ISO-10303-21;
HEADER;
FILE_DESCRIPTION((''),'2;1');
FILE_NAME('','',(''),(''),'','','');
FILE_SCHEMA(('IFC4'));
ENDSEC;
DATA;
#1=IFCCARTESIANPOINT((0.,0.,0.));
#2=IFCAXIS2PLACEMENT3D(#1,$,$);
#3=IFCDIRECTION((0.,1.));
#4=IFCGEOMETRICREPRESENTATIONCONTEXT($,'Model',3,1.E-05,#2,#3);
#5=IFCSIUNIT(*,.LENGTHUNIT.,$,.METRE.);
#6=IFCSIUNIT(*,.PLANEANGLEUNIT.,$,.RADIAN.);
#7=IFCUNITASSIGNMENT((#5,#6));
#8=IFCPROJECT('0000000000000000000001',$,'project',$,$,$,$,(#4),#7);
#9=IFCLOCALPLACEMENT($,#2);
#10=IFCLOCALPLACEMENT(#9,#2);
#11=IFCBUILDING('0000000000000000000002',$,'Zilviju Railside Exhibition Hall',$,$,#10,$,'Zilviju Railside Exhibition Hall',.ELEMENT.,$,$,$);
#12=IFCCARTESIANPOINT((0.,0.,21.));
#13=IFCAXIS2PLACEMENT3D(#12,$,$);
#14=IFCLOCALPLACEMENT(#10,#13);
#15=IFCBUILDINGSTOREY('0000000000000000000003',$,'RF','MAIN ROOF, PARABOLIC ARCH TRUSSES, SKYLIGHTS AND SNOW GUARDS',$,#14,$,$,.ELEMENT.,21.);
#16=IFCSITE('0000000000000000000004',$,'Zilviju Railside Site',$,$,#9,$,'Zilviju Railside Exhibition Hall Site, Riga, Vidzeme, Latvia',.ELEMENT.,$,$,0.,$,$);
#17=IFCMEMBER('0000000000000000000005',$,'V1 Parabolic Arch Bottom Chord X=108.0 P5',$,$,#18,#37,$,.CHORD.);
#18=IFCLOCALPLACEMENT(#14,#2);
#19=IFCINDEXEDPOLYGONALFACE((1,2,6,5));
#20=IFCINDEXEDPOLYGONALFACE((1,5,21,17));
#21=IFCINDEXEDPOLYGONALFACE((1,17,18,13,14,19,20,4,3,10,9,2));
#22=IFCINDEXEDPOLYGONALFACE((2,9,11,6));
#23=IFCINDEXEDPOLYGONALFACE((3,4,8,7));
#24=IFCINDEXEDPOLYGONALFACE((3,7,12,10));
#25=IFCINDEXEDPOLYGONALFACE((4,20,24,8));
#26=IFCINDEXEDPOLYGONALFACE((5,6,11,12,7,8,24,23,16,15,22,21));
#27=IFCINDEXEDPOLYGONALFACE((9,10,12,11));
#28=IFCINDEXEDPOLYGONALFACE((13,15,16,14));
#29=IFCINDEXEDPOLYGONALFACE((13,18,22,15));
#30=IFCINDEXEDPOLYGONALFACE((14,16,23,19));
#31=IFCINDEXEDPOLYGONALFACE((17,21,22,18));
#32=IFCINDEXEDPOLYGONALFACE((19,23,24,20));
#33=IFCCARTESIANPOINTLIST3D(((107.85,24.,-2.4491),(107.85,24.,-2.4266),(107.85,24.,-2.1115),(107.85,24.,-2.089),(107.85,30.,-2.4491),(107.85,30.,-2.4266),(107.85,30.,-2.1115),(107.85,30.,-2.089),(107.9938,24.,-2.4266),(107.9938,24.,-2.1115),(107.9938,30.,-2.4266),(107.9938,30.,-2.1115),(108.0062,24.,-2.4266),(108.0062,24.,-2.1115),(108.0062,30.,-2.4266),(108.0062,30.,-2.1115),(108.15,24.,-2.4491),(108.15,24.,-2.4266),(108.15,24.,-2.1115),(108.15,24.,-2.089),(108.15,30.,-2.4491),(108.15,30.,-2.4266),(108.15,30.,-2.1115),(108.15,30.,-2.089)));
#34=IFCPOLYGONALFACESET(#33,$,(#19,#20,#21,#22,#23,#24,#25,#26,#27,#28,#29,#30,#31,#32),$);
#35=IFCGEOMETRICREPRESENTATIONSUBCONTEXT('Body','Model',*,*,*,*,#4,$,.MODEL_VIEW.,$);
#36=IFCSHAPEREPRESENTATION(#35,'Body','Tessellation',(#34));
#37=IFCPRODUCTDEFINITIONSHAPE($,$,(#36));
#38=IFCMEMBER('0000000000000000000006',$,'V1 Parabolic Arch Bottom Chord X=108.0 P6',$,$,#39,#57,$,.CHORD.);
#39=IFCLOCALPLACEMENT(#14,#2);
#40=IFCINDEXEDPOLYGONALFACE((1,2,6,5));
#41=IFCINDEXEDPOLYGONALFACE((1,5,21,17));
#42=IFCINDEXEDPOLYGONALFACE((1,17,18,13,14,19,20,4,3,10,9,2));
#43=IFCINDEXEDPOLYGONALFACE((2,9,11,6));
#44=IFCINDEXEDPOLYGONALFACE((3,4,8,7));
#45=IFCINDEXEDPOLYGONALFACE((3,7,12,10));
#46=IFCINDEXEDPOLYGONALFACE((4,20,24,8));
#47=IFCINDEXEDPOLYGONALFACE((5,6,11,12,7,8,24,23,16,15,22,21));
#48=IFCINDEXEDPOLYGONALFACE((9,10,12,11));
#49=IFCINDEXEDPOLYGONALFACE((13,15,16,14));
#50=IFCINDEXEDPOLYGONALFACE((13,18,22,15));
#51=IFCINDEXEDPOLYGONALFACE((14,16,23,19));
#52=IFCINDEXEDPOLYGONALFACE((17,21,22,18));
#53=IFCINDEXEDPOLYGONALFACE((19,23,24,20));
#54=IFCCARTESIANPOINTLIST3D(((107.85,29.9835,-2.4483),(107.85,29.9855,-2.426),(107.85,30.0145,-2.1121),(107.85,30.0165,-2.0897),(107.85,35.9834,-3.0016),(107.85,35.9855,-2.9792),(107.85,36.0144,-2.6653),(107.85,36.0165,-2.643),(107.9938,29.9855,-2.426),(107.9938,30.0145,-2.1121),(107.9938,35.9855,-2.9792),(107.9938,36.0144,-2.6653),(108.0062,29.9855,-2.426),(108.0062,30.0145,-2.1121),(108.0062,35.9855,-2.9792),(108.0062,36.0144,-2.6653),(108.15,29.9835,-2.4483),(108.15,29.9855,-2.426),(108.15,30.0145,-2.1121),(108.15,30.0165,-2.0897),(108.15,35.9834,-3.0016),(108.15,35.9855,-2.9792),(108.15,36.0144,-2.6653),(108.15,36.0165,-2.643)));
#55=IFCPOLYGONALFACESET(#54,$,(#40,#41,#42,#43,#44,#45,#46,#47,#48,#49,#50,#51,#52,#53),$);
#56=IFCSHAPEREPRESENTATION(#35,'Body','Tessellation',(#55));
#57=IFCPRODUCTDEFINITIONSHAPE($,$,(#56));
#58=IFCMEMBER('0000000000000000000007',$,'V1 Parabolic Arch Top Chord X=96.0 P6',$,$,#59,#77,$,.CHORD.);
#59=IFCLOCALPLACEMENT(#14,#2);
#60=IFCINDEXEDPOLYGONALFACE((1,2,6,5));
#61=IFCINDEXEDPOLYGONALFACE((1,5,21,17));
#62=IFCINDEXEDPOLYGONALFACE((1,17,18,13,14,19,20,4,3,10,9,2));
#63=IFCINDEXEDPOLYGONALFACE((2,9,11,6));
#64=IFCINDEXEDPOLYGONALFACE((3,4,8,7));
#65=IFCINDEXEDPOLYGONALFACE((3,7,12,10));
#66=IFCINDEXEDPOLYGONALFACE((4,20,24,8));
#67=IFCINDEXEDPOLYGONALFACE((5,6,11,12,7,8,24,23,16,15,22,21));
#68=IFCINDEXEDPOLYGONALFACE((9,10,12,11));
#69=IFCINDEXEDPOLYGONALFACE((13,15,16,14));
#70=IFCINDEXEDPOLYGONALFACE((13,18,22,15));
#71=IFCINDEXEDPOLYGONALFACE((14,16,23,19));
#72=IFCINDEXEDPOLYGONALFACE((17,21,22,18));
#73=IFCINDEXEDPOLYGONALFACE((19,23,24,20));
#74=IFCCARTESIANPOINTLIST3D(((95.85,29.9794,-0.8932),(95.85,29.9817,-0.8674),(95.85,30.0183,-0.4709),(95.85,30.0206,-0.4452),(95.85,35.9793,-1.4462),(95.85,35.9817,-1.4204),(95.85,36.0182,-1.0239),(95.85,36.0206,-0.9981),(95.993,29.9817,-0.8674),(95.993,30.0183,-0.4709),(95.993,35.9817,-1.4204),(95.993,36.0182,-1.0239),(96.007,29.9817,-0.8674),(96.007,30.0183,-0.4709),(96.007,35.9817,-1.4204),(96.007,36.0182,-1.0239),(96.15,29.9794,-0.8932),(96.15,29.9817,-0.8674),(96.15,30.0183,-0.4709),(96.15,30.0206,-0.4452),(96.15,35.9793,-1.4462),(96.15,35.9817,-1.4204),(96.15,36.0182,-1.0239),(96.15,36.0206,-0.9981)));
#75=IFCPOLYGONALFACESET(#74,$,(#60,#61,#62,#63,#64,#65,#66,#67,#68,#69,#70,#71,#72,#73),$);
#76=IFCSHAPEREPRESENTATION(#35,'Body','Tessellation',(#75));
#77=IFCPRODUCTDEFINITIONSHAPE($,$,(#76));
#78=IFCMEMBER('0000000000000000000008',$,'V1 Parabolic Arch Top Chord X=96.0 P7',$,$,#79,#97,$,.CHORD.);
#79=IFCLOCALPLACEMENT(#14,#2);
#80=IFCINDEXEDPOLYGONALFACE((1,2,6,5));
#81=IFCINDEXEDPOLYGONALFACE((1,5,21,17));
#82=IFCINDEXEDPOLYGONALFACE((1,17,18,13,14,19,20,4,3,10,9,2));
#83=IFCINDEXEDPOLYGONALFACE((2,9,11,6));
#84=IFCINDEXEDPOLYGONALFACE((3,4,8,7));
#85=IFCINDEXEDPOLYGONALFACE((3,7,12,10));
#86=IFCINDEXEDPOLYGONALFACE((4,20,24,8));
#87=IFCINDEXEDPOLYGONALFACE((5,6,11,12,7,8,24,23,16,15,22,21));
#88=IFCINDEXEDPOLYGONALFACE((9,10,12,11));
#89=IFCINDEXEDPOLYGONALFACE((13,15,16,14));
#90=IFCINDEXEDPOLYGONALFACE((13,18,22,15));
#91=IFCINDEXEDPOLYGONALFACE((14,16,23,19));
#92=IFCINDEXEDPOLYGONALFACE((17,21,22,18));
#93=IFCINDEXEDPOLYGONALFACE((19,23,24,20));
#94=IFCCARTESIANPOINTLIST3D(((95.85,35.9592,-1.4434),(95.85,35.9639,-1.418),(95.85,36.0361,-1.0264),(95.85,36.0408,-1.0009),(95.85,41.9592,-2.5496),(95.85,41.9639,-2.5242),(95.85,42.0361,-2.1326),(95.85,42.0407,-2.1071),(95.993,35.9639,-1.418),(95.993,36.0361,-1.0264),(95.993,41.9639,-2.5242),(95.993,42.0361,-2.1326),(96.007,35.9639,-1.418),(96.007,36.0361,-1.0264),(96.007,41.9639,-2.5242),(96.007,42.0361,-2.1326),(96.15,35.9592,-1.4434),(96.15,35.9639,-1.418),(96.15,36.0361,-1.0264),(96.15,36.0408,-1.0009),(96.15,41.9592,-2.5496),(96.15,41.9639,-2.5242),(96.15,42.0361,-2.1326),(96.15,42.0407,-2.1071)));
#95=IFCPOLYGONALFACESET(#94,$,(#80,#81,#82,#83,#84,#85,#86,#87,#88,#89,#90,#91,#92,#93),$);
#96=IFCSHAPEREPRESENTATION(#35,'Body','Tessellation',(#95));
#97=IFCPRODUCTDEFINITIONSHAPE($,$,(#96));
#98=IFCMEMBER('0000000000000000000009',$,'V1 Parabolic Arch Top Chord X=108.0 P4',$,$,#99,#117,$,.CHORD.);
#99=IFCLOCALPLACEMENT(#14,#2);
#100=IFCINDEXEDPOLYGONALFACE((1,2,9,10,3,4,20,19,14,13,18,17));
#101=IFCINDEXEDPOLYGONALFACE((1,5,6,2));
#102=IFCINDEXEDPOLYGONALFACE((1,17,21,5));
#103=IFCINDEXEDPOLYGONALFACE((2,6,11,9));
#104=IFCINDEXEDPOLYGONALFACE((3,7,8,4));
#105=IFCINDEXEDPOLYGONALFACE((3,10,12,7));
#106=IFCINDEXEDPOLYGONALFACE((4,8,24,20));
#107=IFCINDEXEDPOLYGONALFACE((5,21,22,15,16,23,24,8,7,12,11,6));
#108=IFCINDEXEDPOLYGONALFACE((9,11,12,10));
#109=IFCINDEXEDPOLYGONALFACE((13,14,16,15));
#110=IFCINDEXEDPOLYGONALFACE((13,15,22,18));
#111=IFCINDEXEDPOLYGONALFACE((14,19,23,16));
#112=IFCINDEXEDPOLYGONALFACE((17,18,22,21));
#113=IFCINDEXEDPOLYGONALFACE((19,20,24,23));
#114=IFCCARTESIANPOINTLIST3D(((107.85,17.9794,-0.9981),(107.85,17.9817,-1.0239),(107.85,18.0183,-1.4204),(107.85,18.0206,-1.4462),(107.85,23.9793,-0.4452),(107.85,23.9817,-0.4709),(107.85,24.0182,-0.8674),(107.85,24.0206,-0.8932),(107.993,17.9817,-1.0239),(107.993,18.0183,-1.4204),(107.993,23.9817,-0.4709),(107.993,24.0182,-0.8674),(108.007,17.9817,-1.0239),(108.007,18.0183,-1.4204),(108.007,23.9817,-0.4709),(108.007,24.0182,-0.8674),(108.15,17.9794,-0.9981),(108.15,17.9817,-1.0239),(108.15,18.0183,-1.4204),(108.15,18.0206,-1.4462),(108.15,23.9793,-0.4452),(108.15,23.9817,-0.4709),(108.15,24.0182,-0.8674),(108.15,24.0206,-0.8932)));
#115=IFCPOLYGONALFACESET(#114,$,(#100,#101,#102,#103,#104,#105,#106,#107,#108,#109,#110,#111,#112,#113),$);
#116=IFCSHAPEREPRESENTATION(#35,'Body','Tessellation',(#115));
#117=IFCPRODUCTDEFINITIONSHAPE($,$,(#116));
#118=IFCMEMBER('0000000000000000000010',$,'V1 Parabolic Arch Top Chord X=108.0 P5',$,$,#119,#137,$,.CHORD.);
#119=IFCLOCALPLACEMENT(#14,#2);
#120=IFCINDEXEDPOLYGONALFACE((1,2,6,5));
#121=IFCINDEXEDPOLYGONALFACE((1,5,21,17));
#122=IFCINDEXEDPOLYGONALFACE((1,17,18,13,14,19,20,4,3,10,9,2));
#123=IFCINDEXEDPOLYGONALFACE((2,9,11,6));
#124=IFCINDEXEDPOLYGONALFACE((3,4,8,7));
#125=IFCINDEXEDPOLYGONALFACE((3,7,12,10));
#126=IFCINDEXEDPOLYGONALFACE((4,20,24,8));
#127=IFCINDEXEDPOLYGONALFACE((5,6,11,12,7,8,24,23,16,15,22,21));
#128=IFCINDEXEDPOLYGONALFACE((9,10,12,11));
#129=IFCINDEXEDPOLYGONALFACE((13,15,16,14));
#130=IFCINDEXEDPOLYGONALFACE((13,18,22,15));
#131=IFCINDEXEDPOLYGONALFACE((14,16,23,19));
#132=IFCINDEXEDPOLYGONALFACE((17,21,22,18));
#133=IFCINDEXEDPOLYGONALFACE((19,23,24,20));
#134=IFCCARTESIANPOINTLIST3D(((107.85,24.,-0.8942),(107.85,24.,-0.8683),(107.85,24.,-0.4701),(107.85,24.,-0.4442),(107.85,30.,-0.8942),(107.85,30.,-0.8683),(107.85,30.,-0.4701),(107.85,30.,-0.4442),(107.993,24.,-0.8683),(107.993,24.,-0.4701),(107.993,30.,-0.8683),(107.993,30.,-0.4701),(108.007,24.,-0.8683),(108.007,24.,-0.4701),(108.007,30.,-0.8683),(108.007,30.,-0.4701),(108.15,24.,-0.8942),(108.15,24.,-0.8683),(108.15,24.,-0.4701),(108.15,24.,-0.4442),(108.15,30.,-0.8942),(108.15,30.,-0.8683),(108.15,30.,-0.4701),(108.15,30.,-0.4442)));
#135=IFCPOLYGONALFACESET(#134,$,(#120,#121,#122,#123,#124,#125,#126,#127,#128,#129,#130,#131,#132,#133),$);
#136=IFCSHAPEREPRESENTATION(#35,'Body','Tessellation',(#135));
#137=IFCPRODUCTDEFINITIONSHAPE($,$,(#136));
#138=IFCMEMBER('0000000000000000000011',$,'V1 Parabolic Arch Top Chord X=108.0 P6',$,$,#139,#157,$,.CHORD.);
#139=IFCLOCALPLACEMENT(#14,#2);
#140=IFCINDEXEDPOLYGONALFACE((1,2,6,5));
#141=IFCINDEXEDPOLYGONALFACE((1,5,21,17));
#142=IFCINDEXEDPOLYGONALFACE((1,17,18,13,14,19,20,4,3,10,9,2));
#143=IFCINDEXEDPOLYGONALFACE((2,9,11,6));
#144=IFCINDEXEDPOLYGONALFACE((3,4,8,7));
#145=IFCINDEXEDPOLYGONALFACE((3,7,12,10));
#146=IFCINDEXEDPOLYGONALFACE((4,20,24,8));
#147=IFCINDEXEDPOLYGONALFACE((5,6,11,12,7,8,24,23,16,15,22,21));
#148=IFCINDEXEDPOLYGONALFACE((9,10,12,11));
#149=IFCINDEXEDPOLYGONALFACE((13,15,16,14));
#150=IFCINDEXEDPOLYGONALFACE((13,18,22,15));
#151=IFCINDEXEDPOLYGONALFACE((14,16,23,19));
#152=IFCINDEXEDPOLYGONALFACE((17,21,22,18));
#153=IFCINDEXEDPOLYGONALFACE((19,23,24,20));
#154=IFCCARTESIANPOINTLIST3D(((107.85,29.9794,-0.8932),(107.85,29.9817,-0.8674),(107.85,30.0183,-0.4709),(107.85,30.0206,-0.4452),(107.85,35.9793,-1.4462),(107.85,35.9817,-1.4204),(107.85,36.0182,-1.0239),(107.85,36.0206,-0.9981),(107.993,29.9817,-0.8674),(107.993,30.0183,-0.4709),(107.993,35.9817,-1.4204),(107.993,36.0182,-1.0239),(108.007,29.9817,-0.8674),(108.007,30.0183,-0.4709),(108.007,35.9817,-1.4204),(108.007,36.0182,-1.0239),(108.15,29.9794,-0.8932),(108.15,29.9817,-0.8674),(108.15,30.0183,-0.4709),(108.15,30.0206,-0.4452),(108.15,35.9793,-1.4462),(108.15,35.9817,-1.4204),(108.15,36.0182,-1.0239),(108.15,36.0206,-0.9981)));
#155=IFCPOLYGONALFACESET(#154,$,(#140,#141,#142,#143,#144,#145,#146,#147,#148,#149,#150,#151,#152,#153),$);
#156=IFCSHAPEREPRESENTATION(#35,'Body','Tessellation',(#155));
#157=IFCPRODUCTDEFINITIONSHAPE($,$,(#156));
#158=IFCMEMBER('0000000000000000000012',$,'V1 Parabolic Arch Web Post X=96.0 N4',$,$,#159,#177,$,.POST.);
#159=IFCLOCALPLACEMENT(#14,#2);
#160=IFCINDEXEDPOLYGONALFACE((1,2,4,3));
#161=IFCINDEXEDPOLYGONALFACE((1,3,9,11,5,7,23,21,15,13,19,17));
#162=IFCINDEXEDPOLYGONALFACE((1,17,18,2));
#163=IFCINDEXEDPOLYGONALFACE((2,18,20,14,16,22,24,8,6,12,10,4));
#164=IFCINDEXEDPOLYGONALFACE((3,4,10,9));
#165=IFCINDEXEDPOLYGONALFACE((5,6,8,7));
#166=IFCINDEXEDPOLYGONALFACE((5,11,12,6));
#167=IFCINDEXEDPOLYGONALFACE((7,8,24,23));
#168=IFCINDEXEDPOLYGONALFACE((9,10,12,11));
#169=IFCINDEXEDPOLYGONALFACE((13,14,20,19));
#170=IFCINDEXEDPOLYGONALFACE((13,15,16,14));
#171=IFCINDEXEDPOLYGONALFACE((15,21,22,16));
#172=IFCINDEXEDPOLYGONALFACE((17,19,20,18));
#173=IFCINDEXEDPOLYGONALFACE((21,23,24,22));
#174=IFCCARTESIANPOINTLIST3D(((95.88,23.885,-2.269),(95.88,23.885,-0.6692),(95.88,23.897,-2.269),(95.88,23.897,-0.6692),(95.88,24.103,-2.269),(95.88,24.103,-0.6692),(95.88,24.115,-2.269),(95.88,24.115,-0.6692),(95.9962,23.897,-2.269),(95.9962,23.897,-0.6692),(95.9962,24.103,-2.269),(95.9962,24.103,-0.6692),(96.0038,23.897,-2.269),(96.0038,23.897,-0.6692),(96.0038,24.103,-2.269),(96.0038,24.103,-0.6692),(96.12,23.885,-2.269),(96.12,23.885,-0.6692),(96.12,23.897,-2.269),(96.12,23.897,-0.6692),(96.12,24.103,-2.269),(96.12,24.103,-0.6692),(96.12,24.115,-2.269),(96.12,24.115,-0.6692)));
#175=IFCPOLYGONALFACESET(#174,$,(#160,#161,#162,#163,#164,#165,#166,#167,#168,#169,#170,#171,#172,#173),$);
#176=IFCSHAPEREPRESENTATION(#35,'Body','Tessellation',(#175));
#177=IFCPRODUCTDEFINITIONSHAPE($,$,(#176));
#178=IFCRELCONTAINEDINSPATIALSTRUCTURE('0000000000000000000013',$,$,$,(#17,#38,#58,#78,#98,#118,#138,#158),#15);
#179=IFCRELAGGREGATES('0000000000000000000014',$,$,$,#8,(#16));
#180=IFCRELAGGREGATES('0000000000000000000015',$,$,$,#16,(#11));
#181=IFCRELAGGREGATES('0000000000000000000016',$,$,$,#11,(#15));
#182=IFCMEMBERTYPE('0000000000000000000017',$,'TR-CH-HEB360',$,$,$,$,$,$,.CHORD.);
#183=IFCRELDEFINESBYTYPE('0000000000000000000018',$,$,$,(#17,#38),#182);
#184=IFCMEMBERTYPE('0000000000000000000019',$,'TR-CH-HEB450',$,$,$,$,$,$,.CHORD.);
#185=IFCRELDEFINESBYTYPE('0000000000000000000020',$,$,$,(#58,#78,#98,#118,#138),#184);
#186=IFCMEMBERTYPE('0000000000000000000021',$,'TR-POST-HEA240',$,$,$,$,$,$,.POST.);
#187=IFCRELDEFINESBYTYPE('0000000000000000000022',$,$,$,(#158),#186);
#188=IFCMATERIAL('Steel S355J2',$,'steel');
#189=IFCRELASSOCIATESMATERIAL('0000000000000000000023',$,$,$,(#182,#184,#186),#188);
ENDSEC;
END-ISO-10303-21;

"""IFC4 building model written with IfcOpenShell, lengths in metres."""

from ifc_helpers import new_model, si_unit, direction, frame, origin, origin_2d, place, context, subcontext, project, spatial, i_section, extrude, material, material_profile, profile_set, type_object, element, save


model = new_model("IFC4")

# Units and contexts
model_context = context("Model", 3, precision=1e-05, world=origin(), true_north=direction((0.0, 1.0)))
body_context = subcontext(model_context, "Body", "Model", "MODEL_VIEW")
ifc_project = project(units=[si_unit("LENGTHUNIT", "METRE"), si_unit("PLANEANGLEUNIT", "RADIAN")], contexts=[model_context])

# Site, building, storey
site_placement = place(None, origin())
site = spatial("IfcSite", under=ifc_project, at=site_placement, Name="Zilviju Railside Site", LongName="Zilviju Railside Exhibition Hall Site, Riga, Vidzeme, Latvia", CompositionType="ELEMENT", RefElevation=0.0)
building_placement = place(site_placement, origin())
building = spatial("IfcBuilding", under=site, at=building_placement, Name="Zilviju Railside Exhibition Hall", LongName="Zilviju Railside Exhibition Hall", CompositionType="ELEMENT")
storey_placement = place(building_placement, frame((0.0, 0.0, 21.0)))
storey = spatial("IfcBuildingStorey", under=building, at=storey_placement, Name="RF", Description="MAIN ROOF, PARABOLIC ARCH TRUSSES, SKYLIGHTS AND SNOW GUARDS", CompositionType="ELEMENT", Elevation=21.0)

# Members
ifc_material_1 = material(Name="Steel S355J2", Category="steel")
ifc_material_profile_1 = material_profile(ifc_material_1, i_section(OverallWidth=0.3, OverallDepth=0.3601, WebThickness=0.0125, FlangeThickness=0.0225, at=origin_2d()), Name="HEB 360")
ifc_profile_set_1 = profile_set([ifc_material_profile_1], Name="Steel S355J2")
member_type_1 = type_object("IfcMemberType", Name="TR-CH-HEB360", PredefinedType="CHORD", material=ifc_profile_set_1)
member_1_placement = place(storey_placement, frame((108.0, 24.0, -2.269), z_axis=(0.0, 1.0, 0.0), x_axis=(-1.0, 0.0, 0.0)))
element("IfcMember", 1, at=member_1_placement, inside=storey, type_object=member_type_1, Name="V1 Parabolic Arch Bottom Chord X=108.0 P5", PredefinedType="CHORD", context=body_context, shape_type="SweptSolid", body=[
    extrude(i_section(OverallWidth=0.3, OverallDepth=0.3601, WebThickness=0.0125, FlangeThickness=0.0225, at=origin_2d()), origin(), (0.0, 0.0, 1.0), 6.0),
])
member_2_placement = place(storey_placement, frame((108.0, 30.0, -2.269), z_axis=(0.0, 0.995776, -0.091814), x_axis=(-1.0, 0.0, 0.0)))
element("IfcMember", 2, at=member_2_placement, inside=storey, type_object=member_type_1, Name="V1 Parabolic Arch Bottom Chord X=108.0 P6", PredefinedType="CHORD", context=body_context, shape_type="SweptSolid", body=[
    extrude(i_section(OverallWidth=0.3, OverallDepth=0.3601, WebThickness=0.0125, FlangeThickness=0.0225, at=origin_2d()), origin(), (0.0, 0.0, 1.0), 6.0254),
])
ifc_material_profile_2 = material_profile(ifc_material_1, i_section(OverallWidth=0.3, OverallDepth=0.45, WebThickness=0.0139, FlangeThickness=0.0259, at=origin_2d()), Name="HEB 450")
ifc_profile_set_2 = profile_set([ifc_material_profile_2], Name="Steel S355J2")
member_type_2 = type_object("IfcMemberType", Name="TR-CH-HEB450", PredefinedType="CHORD", material=ifc_profile_set_2)
member_3_placement = place(storey_placement, frame((96.0, 30.0, -0.6692), z_axis=(0.0, 0.99578, -0.091774), x_axis=(-1.0, 0.0, 0.0)))
element("IfcMember", 3, at=member_3_placement, inside=storey, type_object=member_type_2, Name="V1 Parabolic Arch Top Chord X=96.0 P6", PredefinedType="CHORD", context=body_context, shape_type="SweptSolid", body=[
    extrude(i_section(OverallWidth=0.3, OverallDepth=0.45, WebThickness=0.0139, FlangeThickness=0.0259, at=origin_2d()), origin(), (0.0, 0.0, 1.0), 6.0254),
])
member_4_placement = place(storey_placement, frame((96.0, 36.0, -1.2222), z_axis=(0.0, 0.983426, -0.181311), x_axis=(-1.0, 0.0, 0.0)))
element("IfcMember", 4, at=member_4_placement, inside=storey, type_object=member_type_2, Name="V1 Parabolic Arch Top Chord X=96.0 P7", PredefinedType="CHORD", context=body_context, shape_type="SweptSolid", body=[
    extrude(i_section(OverallWidth=0.3, OverallDepth=0.45, WebThickness=0.0139, FlangeThickness=0.0259, at=origin_2d()), origin(), (0.0, 0.0, 1.0), 6.1011),
])
member_5_placement = place(storey_placement, frame((108.0, 18.0, -1.2222), z_axis=(0.0, 0.99578, 0.091774), x_axis=(-1.0, 0.0, 0.0)))
element("IfcMember", 5, at=member_5_placement, inside=storey, type_object=member_type_2, Name="V1 Parabolic Arch Top Chord X=108.0 P4", PredefinedType="CHORD", context=body_context, shape_type="SweptSolid", body=[
    extrude(i_section(OverallWidth=0.3, OverallDepth=0.45, WebThickness=0.0139, FlangeThickness=0.0259, at=origin_2d()), origin(), (0.0, 0.0, 1.0), 6.0254),
])
member_6_placement = place(storey_placement, frame((108.0, 24.0, -0.6692), z_axis=(0.0, 1.0, 0.0), x_axis=(-1.0, 0.0, 0.0)))
element("IfcMember", 6, at=member_6_placement, inside=storey, type_object=member_type_2, Name="V1 Parabolic Arch Top Chord X=108.0 P5", PredefinedType="CHORD", context=body_context, shape_type="SweptSolid", body=[
    extrude(i_section(OverallWidth=0.3, OverallDepth=0.45, WebThickness=0.0139, FlangeThickness=0.0259, at=origin_2d()), origin(), (0.0, 0.0, 1.0), 6.0),
])
member_7_placement = place(storey_placement, frame((108.0, 30.0, -0.6692), z_axis=(0.0, 0.99578, -0.091774), x_axis=(-1.0, 0.0, 0.0)))
element("IfcMember", 7, at=member_7_placement, inside=storey, type_object=member_type_2, Name="V1 Parabolic Arch Top Chord X=108.0 P6", PredefinedType="CHORD", context=body_context, shape_type="SweptSolid", body=[
    extrude(i_section(OverallWidth=0.3, OverallDepth=0.45, WebThickness=0.0139, FlangeThickness=0.0259, at=origin_2d()), origin(), (0.0, 0.0, 1.0), 6.0254),
])
ifc_material_profile_3 = material_profile(ifc_material_1, i_section(OverallWidth=0.24, OverallDepth=0.23, WebThickness=0.0076, FlangeThickness=0.012, at=origin_2d()), Name="HEA 240")
ifc_profile_set_3 = profile_set([ifc_material_profile_3], Name="Steel S355J2")
member_type_3 = type_object("IfcMemberType", Name="TR-POST-HEA240", PredefinedType="POST", material=ifc_profile_set_3)
for number, where, z_axis, x_axis, name in (
    (8, (96.0, 24.0, -2.269), (0.0, 0.0, 1.0), (1.0, 0.0, 0.0), "V1 Parabolic Arch Web Post X=96.0 N4"),
):
    element("IfcMember", number, at=place(storey_placement, frame(where, z_axis=z_axis, x_axis=x_axis)), inside=storey, type_object=member_type_3, Name=name, PredefinedType="POST", context=body_context, shape_type="SweptSolid", body=[
        extrude(i_section(OverallWidth=0.24, OverallDepth=0.23, WebThickness=0.0076, FlangeThickness=0.012, at=origin_2d()), origin(), (0.0, 0.0, 1.0), 1.5999),
    ])

save(model, "model.ifc")
